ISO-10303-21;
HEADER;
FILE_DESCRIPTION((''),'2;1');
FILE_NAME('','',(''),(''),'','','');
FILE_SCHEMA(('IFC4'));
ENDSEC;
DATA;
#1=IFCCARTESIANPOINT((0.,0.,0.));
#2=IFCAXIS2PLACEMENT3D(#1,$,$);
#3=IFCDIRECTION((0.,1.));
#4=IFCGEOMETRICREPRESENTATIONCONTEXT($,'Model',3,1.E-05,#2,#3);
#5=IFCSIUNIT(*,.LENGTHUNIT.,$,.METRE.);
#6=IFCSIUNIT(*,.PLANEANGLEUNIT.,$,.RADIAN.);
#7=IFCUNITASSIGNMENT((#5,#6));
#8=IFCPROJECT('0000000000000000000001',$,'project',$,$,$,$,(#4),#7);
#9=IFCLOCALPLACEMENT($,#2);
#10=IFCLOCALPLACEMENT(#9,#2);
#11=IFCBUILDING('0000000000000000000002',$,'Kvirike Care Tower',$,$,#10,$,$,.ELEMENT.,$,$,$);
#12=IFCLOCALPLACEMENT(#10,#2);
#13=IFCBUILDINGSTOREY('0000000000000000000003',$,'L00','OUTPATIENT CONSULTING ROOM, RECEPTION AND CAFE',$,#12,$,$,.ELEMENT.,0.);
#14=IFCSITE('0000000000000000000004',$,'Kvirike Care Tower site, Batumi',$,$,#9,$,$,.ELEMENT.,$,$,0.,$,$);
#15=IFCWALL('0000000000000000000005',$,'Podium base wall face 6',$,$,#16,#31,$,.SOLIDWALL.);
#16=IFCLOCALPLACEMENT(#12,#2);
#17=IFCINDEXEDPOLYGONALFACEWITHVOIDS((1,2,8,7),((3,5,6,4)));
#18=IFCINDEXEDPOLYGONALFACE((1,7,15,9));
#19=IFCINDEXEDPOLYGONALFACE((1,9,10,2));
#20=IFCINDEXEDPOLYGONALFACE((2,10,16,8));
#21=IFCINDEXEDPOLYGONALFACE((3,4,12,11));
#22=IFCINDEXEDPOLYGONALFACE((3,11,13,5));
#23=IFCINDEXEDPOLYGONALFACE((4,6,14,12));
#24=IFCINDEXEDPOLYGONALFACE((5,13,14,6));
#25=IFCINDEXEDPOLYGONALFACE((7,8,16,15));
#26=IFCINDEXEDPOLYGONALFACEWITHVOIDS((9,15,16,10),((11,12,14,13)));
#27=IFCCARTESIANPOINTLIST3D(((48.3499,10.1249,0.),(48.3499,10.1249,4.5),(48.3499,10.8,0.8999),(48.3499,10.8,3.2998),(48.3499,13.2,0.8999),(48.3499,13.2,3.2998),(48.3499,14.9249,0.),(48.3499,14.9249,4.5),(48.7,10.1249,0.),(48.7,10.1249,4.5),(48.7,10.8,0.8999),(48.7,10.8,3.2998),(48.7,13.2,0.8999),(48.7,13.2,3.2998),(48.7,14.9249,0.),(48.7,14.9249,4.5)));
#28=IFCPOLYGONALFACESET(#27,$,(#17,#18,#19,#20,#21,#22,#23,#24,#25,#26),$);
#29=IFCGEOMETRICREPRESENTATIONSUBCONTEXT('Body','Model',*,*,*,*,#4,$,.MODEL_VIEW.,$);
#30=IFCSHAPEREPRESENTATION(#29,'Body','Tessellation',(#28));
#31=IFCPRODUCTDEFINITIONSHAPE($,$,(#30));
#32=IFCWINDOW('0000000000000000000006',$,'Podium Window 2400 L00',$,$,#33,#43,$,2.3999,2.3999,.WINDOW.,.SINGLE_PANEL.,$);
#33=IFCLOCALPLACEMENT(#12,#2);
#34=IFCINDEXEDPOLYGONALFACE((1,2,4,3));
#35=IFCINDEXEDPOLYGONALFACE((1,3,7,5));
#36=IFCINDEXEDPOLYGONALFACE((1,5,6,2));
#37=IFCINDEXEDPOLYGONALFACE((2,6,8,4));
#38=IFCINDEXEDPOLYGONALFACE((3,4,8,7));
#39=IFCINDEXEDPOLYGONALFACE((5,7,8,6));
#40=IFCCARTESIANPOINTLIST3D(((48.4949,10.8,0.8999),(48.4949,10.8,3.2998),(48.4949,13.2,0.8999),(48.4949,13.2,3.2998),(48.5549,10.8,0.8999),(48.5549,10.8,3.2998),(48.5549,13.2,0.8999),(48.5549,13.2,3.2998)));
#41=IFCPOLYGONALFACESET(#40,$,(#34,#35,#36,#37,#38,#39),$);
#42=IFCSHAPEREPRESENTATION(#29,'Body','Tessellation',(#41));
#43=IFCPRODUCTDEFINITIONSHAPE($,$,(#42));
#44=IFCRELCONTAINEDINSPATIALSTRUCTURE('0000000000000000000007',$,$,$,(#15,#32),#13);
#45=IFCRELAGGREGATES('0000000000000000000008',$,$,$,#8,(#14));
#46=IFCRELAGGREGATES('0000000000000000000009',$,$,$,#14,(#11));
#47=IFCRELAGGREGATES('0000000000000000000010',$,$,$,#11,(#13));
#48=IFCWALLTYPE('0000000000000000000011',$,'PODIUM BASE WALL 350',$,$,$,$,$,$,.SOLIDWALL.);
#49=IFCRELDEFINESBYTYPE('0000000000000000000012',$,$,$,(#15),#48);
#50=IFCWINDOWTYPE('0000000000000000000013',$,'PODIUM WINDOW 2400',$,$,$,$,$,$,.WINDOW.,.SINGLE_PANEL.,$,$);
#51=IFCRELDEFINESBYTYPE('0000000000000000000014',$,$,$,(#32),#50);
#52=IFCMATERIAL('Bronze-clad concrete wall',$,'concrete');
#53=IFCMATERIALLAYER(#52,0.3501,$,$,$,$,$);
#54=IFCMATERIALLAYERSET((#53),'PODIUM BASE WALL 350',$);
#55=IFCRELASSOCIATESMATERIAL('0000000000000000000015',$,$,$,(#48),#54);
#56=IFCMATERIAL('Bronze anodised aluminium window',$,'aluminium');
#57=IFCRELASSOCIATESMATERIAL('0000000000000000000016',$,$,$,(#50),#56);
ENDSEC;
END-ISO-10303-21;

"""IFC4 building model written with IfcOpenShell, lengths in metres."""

from ifc_helpers import new_model, si_unit, direction, frame, frame_2d, origin, place, context, subcontext, project, spatial, rectangle, extrude, material, layer, layer_set, type_object, element, fill, save


model = new_model("IFC4")

# Units and contexts
model_context = context("Model", 3, precision=1e-05, world=origin(), true_north=direction((0.0, 1.0)))
body_context = subcontext(model_context, "Body", "Model", "MODEL_VIEW")
ifc_project = project(units=[si_unit("LENGTHUNIT", "METRE"), si_unit("PLANEANGLEUNIT", "RADIAN")], contexts=[model_context])

# Site, building, storey
site_placement = place(None, origin())
site = spatial("IfcSite", under=ifc_project, at=site_placement, Name="Kvirike Care Tower site, Batumi", CompositionType="ELEMENT", RefElevation=0.0)
building_placement = place(site_placement, origin())
building = spatial("IfcBuilding", under=site, at=building_placement, Name="Kvirike Care Tower", CompositionType="ELEMENT")
storey_placement = place(building_placement, origin())
storey = spatial("IfcBuildingStorey", under=building, at=storey_placement, Name="L00", Description="OUTPATIENT CONSULTING ROOM, RECEPTION AND CAFE", CompositionType="ELEMENT", Elevation=0.0)

# Shared definitions
ifc_material_1 = material(Name="Bronze-clad concrete wall", Category="concrete")
ifc_layer_1 = layer(ifc_material_1, 0.3501)
ifc_layer_set_1 = layer_set([ifc_layer_1], Name="PODIUM BASE WALL 350")
wall_type_1 = type_object("IfcWallType", Name="PODIUM BASE WALL 350", PredefinedType="SOLIDWALL", material=ifc_layer_set_1)
ifc_material_2 = material(Name="Bronze anodised aluminium window", Category="aluminium")
window_type = type_object("IfcWindowType", Name="PODIUM WINDOW 2400", PartitioningType="SINGLE_PANEL", PredefinedType="WINDOW", material=ifc_material_2)

# Wall, opening, window
wall_1_placement = place(storey_placement, frame((48.5249, 10.125, 0.0), z_axis=(0.0, 0.0, 1.0), x_axis=(0.0, 1.0, 0.0)))
wall_1 = element("IfcWall", 1, at=wall_1_placement, inside=storey, type_object=wall_type_1, Name="Podium base wall face 6", PredefinedType="SOLIDWALL", context=body_context, shape_type="SweptSolid", body=[
    extrude(rectangle(XDim=4.8, YDim=0.3501, at=frame_2d((2.3999, 0.0))), origin(), (0.0, 0.0, 1.0), 4.5),
])
opening_1_placement = place(wall_1_placement, frame((0.675, 0.0, 0.8999)))
opening_1 = element("IfcOpeningElement", 2, at=opening_1_placement, cuts=wall_1, PredefinedType="OPENING", context=body_context, shape_type="SweptSolid", body=[
    extrude(rectangle(XDim=2.3999, YDim=2.3999, at=frame_2d((1.2, 1.2))), frame((0.0, 0.1855, 0.0), z_axis=(0.0, -1.0, 0.0), x_axis=(1.0, 0.0, 0.0)), (0.0, 0.0, 1.0), 0.3711),
])
window_1_placement = place(opening_1_placement, origin())
window_1 = element("IfcWindow", 3, at=window_1_placement, inside=storey, type_object=window_type, Name="Podium Window 2400 L00", OverallHeight=2.3999, OverallWidth=2.3999, PartitioningType="SINGLE_PANEL", PredefinedType="WINDOW", context=body_context, shape_type="SweptSolid", body=[
    extrude(rectangle(XDim=2.3999, YDim=2.3999, at=frame_2d((1.2, 1.2))), frame((0.0, 0.03, 0.0), z_axis=(0.0, -1.0, 0.0), x_axis=(1.0, 0.0, 0.0)), (0.0, 0.0, 1.0), 0.0601),
])
fill(opening_1, window_1)

save(model, "model.ifc")
